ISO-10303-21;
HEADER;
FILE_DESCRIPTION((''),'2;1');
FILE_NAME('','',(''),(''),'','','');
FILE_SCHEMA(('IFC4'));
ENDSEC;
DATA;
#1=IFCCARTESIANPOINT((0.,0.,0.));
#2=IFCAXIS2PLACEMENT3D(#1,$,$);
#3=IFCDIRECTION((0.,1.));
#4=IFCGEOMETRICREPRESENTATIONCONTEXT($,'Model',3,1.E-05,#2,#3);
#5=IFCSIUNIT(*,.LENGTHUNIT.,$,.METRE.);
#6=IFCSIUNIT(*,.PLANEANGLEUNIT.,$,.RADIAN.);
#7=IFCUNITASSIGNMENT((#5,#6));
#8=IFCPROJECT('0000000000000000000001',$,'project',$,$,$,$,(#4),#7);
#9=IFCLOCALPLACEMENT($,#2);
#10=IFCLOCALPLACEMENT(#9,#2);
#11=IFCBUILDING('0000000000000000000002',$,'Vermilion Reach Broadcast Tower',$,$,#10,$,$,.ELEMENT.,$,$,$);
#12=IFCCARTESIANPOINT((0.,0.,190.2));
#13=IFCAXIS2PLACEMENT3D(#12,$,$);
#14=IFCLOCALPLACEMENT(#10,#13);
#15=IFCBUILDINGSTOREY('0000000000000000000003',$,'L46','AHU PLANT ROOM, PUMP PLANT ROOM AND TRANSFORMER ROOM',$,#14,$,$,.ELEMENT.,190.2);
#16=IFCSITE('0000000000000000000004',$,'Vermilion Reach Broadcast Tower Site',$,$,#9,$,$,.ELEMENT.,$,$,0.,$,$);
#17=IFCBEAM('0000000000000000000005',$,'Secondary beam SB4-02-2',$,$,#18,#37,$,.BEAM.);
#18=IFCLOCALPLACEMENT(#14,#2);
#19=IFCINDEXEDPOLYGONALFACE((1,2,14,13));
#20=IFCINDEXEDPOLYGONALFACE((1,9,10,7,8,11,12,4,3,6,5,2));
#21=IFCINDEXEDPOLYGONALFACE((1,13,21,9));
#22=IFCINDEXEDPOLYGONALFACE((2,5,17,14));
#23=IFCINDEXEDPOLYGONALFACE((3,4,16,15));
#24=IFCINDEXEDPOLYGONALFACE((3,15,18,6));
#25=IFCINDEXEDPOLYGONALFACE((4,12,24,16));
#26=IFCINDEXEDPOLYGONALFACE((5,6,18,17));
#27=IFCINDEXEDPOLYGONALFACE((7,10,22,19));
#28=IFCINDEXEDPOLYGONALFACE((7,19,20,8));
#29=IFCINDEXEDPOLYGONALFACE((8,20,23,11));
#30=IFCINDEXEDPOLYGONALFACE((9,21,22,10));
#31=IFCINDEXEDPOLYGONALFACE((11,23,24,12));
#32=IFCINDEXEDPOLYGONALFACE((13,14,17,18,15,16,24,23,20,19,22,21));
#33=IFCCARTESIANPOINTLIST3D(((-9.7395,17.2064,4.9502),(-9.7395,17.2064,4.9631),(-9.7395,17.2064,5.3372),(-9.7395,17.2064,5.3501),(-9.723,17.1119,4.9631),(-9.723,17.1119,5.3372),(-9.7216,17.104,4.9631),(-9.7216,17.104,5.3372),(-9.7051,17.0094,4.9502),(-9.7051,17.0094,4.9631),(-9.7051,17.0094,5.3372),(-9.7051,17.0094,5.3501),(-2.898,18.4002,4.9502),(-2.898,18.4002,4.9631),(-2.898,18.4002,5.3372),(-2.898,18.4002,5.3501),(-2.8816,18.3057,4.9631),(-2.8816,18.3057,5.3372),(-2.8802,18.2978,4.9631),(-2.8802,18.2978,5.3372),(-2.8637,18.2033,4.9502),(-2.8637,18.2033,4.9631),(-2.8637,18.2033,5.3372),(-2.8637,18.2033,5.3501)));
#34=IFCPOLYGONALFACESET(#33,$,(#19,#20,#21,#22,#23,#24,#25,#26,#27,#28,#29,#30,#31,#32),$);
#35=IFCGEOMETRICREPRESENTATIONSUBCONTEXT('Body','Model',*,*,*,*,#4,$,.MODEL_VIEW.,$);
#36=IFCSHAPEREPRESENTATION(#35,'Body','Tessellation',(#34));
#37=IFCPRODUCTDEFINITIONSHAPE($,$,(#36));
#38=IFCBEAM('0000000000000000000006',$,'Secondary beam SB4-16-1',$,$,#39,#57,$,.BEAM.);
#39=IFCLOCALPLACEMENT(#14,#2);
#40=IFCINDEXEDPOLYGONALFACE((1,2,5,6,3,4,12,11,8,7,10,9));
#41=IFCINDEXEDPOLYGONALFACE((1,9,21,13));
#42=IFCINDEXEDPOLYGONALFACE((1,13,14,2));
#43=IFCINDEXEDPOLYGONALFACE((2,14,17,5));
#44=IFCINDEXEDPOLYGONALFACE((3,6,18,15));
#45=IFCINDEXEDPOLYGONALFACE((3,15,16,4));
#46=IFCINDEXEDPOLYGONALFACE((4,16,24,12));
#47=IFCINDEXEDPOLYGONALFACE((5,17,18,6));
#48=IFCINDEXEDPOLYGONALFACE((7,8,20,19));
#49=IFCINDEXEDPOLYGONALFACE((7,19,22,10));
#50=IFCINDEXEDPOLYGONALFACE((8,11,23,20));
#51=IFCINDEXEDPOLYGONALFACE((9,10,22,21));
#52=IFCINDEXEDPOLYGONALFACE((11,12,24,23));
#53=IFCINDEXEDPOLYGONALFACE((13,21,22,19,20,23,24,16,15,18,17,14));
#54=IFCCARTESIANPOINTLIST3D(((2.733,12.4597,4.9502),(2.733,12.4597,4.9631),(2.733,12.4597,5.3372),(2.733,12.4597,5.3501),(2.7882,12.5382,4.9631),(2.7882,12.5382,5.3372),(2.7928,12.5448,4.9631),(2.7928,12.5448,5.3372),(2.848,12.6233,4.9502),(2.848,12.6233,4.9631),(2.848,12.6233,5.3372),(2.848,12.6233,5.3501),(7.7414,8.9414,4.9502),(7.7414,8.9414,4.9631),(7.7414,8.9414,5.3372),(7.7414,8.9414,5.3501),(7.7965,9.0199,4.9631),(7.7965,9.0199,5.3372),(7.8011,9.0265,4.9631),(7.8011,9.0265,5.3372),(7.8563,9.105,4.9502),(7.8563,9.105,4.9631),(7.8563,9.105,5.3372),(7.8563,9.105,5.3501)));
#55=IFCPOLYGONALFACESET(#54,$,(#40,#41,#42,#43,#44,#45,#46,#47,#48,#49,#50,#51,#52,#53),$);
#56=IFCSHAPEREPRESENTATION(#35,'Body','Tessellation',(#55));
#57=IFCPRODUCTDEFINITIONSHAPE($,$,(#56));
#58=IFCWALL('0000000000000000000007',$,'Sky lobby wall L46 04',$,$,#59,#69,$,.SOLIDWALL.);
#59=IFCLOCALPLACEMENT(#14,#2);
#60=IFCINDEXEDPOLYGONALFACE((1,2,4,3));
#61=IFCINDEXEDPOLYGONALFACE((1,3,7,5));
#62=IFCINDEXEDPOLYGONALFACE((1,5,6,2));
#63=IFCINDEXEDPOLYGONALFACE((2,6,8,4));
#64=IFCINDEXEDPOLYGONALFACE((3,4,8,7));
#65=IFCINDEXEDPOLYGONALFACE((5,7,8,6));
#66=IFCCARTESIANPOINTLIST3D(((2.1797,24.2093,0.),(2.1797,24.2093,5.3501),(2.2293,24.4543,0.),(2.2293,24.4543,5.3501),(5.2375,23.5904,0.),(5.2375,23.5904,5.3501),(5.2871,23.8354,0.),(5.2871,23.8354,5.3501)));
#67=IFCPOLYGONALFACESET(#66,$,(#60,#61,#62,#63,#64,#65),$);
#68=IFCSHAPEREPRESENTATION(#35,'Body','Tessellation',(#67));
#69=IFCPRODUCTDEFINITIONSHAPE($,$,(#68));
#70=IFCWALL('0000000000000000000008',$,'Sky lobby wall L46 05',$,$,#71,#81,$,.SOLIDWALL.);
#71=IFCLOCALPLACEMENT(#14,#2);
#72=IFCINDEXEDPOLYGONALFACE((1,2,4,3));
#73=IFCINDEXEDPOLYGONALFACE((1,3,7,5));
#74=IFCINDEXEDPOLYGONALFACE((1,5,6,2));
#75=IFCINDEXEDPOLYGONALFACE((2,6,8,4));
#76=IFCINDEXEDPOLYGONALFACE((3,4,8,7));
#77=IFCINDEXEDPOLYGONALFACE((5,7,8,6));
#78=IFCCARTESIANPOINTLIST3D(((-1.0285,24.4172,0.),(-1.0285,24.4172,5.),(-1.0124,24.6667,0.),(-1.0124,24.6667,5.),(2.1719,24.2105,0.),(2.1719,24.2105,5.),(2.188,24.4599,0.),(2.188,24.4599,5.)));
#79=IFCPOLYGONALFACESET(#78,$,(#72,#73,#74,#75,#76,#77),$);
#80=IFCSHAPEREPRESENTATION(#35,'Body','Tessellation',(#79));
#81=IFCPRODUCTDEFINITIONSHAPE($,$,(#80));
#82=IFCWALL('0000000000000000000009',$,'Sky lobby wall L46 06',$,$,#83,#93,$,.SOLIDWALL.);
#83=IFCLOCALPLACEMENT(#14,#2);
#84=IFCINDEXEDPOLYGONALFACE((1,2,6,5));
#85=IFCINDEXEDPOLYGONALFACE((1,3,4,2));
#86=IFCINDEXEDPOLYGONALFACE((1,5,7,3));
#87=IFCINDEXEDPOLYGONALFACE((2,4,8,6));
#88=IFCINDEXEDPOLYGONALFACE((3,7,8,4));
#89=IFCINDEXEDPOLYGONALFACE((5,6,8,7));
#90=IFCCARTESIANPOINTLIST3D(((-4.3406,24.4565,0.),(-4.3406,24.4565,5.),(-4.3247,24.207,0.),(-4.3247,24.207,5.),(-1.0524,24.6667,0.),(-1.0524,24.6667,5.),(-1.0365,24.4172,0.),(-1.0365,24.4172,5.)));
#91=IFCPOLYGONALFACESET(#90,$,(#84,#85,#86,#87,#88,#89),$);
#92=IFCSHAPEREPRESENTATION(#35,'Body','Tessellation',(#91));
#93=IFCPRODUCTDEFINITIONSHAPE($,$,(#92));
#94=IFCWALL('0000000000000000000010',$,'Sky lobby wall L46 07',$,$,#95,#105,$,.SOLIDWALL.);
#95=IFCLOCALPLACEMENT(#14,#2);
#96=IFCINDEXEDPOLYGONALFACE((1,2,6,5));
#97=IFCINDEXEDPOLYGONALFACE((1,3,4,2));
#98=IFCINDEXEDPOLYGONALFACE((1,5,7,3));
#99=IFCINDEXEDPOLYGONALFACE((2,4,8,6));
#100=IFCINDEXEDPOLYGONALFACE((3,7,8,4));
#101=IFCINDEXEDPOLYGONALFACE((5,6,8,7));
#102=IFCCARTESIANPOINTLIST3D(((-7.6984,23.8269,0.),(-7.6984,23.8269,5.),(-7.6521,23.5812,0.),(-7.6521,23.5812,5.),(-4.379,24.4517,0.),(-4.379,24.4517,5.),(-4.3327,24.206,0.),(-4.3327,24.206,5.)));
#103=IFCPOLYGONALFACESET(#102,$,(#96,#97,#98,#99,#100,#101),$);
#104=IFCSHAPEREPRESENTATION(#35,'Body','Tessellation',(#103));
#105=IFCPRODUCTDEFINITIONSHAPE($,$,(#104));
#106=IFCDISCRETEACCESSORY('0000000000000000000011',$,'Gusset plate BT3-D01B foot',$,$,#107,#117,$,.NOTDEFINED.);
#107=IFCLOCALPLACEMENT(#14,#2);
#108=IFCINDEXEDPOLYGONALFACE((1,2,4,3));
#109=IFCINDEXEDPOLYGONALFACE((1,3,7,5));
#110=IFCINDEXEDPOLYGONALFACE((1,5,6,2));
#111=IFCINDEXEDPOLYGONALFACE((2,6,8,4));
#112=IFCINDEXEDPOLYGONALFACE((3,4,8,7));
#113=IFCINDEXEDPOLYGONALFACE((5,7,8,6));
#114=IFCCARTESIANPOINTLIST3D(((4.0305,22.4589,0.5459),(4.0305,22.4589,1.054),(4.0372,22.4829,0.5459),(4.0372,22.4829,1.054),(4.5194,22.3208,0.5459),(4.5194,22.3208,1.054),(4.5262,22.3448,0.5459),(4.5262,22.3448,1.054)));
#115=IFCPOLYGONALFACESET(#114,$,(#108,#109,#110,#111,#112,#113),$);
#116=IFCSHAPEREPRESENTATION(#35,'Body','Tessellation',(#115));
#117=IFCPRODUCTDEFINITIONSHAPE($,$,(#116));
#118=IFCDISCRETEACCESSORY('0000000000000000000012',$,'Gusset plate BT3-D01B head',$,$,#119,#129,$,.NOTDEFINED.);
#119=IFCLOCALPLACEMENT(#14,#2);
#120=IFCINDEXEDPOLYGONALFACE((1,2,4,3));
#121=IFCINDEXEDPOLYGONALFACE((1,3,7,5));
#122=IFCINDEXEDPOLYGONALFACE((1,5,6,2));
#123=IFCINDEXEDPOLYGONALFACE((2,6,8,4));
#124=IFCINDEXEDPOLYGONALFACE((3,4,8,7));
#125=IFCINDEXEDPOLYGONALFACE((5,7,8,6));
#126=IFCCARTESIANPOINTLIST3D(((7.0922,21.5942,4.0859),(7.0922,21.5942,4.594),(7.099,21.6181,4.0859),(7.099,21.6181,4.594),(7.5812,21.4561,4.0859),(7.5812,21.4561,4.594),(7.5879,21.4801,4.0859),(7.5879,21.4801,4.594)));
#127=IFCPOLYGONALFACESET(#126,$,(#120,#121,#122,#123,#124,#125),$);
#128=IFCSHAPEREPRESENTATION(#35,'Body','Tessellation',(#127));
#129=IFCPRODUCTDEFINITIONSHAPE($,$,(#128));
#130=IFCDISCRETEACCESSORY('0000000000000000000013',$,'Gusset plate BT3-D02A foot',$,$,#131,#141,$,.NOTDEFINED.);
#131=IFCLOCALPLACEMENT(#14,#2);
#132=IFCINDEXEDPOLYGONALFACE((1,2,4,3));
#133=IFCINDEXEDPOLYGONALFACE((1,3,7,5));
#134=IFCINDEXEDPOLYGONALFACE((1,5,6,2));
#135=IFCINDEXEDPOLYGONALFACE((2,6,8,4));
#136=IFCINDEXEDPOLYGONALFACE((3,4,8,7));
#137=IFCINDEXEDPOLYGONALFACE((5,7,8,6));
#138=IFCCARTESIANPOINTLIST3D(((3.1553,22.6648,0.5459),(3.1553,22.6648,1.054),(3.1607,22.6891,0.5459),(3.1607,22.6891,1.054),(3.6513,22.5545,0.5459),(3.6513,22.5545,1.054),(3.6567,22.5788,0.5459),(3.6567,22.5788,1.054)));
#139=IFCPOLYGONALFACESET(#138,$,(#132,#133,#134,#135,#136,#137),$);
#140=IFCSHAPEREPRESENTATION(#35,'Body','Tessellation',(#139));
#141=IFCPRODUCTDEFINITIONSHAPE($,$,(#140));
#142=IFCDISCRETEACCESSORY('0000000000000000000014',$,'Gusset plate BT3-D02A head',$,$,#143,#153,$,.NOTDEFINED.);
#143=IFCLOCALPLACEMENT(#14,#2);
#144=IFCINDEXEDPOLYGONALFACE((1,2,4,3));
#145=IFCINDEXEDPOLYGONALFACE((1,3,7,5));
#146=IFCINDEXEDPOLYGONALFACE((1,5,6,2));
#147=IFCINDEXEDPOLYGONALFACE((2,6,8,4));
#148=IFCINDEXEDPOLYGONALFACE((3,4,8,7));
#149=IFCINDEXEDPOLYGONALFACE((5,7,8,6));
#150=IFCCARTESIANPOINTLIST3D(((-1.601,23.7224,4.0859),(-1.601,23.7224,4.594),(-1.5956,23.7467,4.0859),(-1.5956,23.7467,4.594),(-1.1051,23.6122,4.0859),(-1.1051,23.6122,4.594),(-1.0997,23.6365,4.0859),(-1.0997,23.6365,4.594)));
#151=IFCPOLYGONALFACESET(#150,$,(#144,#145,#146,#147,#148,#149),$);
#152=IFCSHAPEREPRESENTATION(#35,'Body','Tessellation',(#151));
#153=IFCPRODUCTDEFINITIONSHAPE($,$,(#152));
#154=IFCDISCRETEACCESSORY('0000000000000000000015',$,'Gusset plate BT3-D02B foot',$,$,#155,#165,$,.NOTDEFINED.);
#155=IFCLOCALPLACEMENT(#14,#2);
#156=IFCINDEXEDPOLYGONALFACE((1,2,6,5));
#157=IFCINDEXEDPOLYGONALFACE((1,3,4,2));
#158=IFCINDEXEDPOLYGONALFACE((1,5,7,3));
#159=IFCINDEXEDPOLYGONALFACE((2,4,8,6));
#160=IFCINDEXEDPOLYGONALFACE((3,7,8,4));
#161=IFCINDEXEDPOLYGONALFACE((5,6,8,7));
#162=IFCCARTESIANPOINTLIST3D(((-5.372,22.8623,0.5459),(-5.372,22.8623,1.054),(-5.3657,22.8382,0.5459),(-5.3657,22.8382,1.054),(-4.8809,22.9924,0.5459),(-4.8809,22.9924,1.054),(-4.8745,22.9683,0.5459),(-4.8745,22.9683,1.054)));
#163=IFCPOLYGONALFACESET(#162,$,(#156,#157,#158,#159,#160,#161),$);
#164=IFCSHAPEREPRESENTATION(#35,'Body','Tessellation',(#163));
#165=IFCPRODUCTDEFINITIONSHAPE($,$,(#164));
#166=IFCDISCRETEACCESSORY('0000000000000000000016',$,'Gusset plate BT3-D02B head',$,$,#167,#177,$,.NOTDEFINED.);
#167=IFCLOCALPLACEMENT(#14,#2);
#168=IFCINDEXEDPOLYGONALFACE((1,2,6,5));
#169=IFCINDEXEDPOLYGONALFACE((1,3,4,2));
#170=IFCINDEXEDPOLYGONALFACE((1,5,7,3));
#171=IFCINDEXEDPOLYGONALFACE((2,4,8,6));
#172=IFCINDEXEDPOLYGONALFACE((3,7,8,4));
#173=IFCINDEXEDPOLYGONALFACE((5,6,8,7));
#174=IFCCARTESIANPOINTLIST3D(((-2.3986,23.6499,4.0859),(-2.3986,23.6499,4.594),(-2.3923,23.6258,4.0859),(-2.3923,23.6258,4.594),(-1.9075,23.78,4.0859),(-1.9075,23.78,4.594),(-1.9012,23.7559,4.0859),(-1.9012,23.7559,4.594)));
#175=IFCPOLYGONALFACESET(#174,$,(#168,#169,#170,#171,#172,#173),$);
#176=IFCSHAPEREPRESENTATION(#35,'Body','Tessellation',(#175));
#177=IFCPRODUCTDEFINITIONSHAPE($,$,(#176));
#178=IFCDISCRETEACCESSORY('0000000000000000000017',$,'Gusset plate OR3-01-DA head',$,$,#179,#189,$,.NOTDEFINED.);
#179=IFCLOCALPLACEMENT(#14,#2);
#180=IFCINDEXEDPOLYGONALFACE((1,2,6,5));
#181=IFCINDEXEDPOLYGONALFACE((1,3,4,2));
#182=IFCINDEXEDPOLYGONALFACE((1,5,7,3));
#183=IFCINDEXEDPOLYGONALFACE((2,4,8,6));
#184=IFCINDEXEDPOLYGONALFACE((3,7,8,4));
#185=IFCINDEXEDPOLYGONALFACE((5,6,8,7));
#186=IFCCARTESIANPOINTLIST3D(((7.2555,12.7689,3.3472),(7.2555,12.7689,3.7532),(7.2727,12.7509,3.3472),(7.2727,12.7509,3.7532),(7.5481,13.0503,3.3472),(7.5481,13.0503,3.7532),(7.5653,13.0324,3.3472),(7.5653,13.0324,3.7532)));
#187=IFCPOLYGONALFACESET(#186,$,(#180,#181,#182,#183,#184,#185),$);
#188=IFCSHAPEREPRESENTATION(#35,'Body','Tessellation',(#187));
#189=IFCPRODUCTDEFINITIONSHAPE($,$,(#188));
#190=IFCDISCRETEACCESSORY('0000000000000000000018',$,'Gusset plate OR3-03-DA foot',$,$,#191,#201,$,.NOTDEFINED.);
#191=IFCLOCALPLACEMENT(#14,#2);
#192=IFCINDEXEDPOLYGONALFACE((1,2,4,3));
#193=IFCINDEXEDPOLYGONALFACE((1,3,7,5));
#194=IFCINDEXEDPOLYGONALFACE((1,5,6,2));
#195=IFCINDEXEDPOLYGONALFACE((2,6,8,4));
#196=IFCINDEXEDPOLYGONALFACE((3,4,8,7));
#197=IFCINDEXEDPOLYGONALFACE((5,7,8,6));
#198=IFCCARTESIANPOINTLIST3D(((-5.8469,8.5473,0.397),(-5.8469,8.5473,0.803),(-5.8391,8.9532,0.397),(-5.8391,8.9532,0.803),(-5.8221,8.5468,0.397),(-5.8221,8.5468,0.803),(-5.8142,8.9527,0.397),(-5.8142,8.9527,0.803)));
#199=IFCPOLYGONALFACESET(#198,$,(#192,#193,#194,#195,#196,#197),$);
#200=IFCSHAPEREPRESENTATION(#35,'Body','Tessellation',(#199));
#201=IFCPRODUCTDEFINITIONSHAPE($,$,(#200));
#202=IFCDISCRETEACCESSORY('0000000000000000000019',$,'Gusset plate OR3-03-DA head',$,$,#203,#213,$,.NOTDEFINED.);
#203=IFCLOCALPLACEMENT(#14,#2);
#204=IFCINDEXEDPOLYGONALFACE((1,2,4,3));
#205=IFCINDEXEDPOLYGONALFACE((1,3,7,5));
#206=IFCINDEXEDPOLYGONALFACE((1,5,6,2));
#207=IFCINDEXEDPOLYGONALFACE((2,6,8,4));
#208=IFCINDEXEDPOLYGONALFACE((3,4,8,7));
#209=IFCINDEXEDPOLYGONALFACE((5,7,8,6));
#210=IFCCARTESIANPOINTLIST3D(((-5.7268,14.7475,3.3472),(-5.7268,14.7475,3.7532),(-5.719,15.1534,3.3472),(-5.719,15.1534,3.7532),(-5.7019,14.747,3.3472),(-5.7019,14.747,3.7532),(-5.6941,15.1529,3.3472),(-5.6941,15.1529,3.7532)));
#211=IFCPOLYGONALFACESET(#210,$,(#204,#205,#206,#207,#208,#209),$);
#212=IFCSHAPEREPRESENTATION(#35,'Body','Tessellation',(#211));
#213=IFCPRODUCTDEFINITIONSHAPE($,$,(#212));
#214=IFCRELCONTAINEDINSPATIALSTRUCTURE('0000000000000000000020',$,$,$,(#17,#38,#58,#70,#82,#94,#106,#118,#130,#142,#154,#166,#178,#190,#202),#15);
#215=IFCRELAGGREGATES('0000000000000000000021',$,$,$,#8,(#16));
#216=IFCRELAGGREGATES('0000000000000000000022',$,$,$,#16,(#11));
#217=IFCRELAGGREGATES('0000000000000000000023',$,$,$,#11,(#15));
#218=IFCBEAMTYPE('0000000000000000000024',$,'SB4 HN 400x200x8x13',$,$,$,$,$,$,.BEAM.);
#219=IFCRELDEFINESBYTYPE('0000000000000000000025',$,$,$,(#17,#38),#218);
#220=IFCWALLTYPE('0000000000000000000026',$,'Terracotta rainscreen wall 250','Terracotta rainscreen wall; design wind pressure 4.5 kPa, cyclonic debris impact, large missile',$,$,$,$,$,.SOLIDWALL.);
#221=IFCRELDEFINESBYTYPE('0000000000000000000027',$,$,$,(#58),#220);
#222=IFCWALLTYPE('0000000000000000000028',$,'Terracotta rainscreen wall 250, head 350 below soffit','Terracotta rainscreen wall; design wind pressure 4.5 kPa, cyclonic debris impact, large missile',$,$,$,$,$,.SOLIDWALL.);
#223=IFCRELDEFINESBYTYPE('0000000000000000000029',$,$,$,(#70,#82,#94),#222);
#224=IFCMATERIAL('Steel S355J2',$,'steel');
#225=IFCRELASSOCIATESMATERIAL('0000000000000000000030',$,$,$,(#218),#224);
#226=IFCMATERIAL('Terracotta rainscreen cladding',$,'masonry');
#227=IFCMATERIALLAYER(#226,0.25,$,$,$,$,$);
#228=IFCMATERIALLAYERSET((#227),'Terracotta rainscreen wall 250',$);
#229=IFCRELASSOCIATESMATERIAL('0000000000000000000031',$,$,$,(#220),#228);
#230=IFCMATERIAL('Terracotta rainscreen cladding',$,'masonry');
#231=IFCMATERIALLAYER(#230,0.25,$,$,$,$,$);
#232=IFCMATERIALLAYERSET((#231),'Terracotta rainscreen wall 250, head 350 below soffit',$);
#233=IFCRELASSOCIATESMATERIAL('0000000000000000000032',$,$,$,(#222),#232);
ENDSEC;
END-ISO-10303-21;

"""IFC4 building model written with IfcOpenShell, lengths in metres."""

from ifc_helpers import new_model, si_unit, direction, frame, frame_2d, origin, origin_2d, place, context, subcontext, project, spatial, rectangle, i_section, extrude, material, layer, layer_set, material_profile, profile_set, type_object, element, save


model = new_model("IFC4")

# Units and contexts
model_context = context("Model", 3, precision=1e-05, world=origin(), true_north=direction((0.0, 1.0)))
body_context = subcontext(model_context, "Body", "Model", "MODEL_VIEW")
ifc_project = project(units=[si_unit("LENGTHUNIT", "METRE"), si_unit("PLANEANGLEUNIT", "RADIAN")], contexts=[model_context])

# Site, building, storey
site_placement = place(None, origin())
site = spatial("IfcSite", under=ifc_project, at=site_placement, Name="Vermilion Reach Broadcast Tower Site", CompositionType="ELEMENT", RefElevation=0.0)
building_placement = place(site_placement, origin())
building = spatial("IfcBuilding", under=site, at=building_placement, Name="Vermilion Reach Broadcast Tower", CompositionType="ELEMENT")
storey_placement = place(building_placement, frame((0.0, 0.0, 190.2)))
storey = spatial("IfcBuildingStorey", under=building, at=storey_placement, Name="L46", Description="AHU PLANT ROOM, PUMP PLANT ROOM AND TRANSFORMER ROOM", CompositionType="ELEMENT", Elevation=190.2)

# Beams
ifc_material_1 = material(Name="Steel S355J2", Category="steel")
ifc_material_profile_1 = material_profile(ifc_material_1, i_section(OverallWidth=0.2, OverallDepth=0.3999, WebThickness=0.0081, FlangeThickness=0.0129, at=origin_2d()), Name="S355J2 HN 400x200x8x13")
ifc_profile_set_1 = profile_set([ifc_material_profile_1], Name="Steel S355J2")
beam_type_1 = type_object("IfcBeamType", Name="SB4 HN 400x200x8x13", PredefinedType="BEAM", material=ifc_profile_set_1)
beam_1_placement = place(storey_placement, frame((-2.8809, 18.3018, 5.1501), z_axis=(-0.985114, -0.171902, 0.0), x_axis=(0.171902, -0.985114, 0.0)))
element("IfcBeam", 1, at=beam_1_placement, inside=storey, type_object=beam_type_1, Name="Secondary beam SB4-02-2", PredefinedType="BEAM", context=body_context, shape_type="SweptSolid", body=[
    extrude(i_section(OverallWidth=0.2, OverallDepth=0.3999, WebThickness=0.0081, FlangeThickness=0.0129, at=origin_2d()), origin(), (0.0, 0.0, 1.0), 6.9448),
])
beam_2_placement = place(storey_placement, frame((7.7988, 9.0232, 5.1501), z_axis=(-0.818271, 0.574832, 0.0), x_axis=(-0.574832, -0.818271, 0.0)))
element("IfcBeam", 2, at=beam_2_placement, inside=storey, type_object=beam_type_1, Name="Secondary beam SB4-16-1", PredefinedType="BEAM", context=body_context, shape_type="SweptSolid", body=[
    extrude(i_section(OverallWidth=0.2, OverallDepth=0.3999, WebThickness=0.0081, FlangeThickness=0.0129, at=origin_2d()), origin(), (0.0, 0.0, 1.0), 6.1206),
])

# Walls
ifc_material_2 = material(Name="Terracotta rainscreen cladding", Category="masonry")
ifc_layer_1 = layer(ifc_material_2, 0.25)
ifc_layer_set_1 = layer_set([ifc_layer_1], Name="Terracotta rainscreen wall 250")
wall_type_1 = type_object("IfcWallType", Name="Terracotta rainscreen wall 250", Description="Terracotta rainscreen wall; design wind pressure 4.5 kPa, cyclonic debris impact, large missile", PredefinedType="SOLIDWALL", material=ifc_layer_set_1)
wall_1_placement = place(storey_placement, frame((5.2625, 23.7129, 0.0), z_axis=(0.0, 0.0, 1.0), x_axis=(-0.980127, 0.198373, 0.0)))
element("IfcWall", 3, at=wall_1_placement, inside=storey, type_object=wall_type_1, Name="Sky lobby wall L46 04", PredefinedType="SOLIDWALL", context=body_context, shape_type="SweptSolid", body=[
    extrude(rectangle(XDim=3.1199, YDim=0.25, at=frame_2d((1.5601, 0.0))), origin(), (0.0, 0.0, 1.0), 5.3501),
])
ifc_material_3 = material(Name="Terracotta rainscreen cladding", Category="masonry")
ifc_layer_2 = layer(ifc_material_3, 0.25)
ifc_layer_set_2 = layer_set([ifc_layer_2], Name="Terracotta rainscreen wall 250, head 350 below soffit")
wall_type_2 = type_object("IfcWallType", Name="Terracotta rainscreen wall 250, head 350 below soffit", Description="Terracotta rainscreen wall; design wind pressure 4.5 kPa, cyclonic debris impact, large missile", PredefinedType="SOLIDWALL", material=ifc_layer_set_2)
wall_2_placement = place(storey_placement, frame((2.1799, 24.3352, 0.0), z_axis=(0.0, 0.0, 1.0), x_axis=(-0.997919, 0.064478, 0.0)))
element("IfcWall", 4, at=wall_2_placement, inside=storey, type_object=wall_type_2, Name="Sky lobby wall L46 05", PredefinedType="SOLIDWALL", context=body_context, shape_type="SweptSolid", body=[
    extrude(rectangle(XDim=3.207, YDim=0.25, at=frame_2d((1.6035, 0.0))), origin(), (0.0, 0.0, 1.0), 5.0),
])
wall_3_placement = place(storey_placement, frame((-1.0444, 24.542, 0.0), z_axis=(0.0, 0.0, 1.0), x_axis=(-0.997963, -0.063794, 0.0)))
element("IfcWall", 5, at=wall_3_placement, inside=storey, type_object=wall_type_2, Name="Sky lobby wall L46 06", PredefinedType="SOLIDWALL", context=body_context, shape_type="SweptSolid", body=[
    extrude(rectangle(XDim=3.2949, YDim=0.25, at=frame_2d((1.6475, 0.0))), origin(), (0.0, 0.0, 1.0), 5.0),
])
wall_4_placement = place(storey_placement, frame((-4.3557, 24.3289, 0.0), z_axis=(0.0, 0.0, 1.0), x_axis=(-0.982744, -0.184969, 0.0)))
element("IfcWall", 6, at=wall_4_placement, inside=storey, type_object=wall_type_2, Name="Sky lobby wall L46 07", PredefinedType="SOLIDWALL", context=body_context, shape_type="SweptSolid", body=[
    extrude(rectangle(XDim=3.3777, YDim=0.25, at=frame_2d((1.689, 0.0))), origin(), (0.0, 0.0, 1.0), 5.0),
])

# Discrete accessories
for number, where, z_axis, x_axis, name in (
    (7, (4.2783, 22.4019, 0.5459), (0.0, 0.0, 1.0), (0.271773, 0.962361, 0.0), "Gusset plate BT3-D01B foot"),
    (8, (7.3401, 21.5371, 4.0859), (0.0, 0.0, 1.0), (0.271773, 0.962361, 0.0), "Gusset plate BT3-D01B head"),
    (9, (3.406, 22.6218, 0.5459), (0.0, 0.0, 1.0), (-0.217055, -0.976159, 0.0), "Gusset plate BT3-D02A foot"),
    (10, (-1.3503, 23.6794, 4.0859), (0.0, 0.0, 1.0), (-0.217055, -0.976159, 0.0), "Gusset plate BT3-D02A head"),
    (11, (-5.1233, 22.9153, 0.5459), (0.0, 0.0, 1.0), (-0.256063, 0.96666, 0.0), "Gusset plate BT3-D02B foot"),
    (12, (-2.1499, 23.7029, 4.0859), (0.0, 0.0, 1.0), (-0.256063, 0.96666, 0.0), "Gusset plate BT3-D02B head"),
):
    element("IfcDiscreteAccessory", number, at=place(storey_placement, frame(where, z_axis=z_axis, x_axis=x_axis)), inside=storey, Name=name, PredefinedType="NOTDEFINED", context=body_context, shape_type="SweptSolid", body=[
        extrude(rectangle(XDim=0.0249, YDim=0.5081, at=origin_2d()), origin(), (0.0, 0.0, 1.0), 0.5081),
    ])
for number, where, z_axis, x_axis, name in (
    (13, (7.4104, 12.9006, 3.3472), (0.0, 0.0, 1.0), (-0.693276, 0.720672, 0.0), "Gusset plate OR3-01-DA head"),
    (14, (-5.8306, 8.75, 0.397), (0.0, 0.0, 1.0), (-0.999812, 0.019372, 0.0), "Gusset plate OR3-03-DA foot"),
    (15, (-5.7104, 14.9502, 3.3472), (0.0, 0.0, 1.0), (-0.999812, 0.019372, 0.0), "Gusset plate OR3-03-DA head"),
):
    element("IfcDiscreteAccessory", number, at=place(storey_placement, frame(where, z_axis=z_axis, x_axis=x_axis)), inside=storey, Name=name, PredefinedType="NOTDEFINED", context=body_context, shape_type="SweptSolid", body=[
        extrude(rectangle(XDim=0.0249, YDim=0.406, at=origin_2d()), origin(), (0.0, 0.0, 1.0), 0.406),
    ])

save(model, "model.ifc")
